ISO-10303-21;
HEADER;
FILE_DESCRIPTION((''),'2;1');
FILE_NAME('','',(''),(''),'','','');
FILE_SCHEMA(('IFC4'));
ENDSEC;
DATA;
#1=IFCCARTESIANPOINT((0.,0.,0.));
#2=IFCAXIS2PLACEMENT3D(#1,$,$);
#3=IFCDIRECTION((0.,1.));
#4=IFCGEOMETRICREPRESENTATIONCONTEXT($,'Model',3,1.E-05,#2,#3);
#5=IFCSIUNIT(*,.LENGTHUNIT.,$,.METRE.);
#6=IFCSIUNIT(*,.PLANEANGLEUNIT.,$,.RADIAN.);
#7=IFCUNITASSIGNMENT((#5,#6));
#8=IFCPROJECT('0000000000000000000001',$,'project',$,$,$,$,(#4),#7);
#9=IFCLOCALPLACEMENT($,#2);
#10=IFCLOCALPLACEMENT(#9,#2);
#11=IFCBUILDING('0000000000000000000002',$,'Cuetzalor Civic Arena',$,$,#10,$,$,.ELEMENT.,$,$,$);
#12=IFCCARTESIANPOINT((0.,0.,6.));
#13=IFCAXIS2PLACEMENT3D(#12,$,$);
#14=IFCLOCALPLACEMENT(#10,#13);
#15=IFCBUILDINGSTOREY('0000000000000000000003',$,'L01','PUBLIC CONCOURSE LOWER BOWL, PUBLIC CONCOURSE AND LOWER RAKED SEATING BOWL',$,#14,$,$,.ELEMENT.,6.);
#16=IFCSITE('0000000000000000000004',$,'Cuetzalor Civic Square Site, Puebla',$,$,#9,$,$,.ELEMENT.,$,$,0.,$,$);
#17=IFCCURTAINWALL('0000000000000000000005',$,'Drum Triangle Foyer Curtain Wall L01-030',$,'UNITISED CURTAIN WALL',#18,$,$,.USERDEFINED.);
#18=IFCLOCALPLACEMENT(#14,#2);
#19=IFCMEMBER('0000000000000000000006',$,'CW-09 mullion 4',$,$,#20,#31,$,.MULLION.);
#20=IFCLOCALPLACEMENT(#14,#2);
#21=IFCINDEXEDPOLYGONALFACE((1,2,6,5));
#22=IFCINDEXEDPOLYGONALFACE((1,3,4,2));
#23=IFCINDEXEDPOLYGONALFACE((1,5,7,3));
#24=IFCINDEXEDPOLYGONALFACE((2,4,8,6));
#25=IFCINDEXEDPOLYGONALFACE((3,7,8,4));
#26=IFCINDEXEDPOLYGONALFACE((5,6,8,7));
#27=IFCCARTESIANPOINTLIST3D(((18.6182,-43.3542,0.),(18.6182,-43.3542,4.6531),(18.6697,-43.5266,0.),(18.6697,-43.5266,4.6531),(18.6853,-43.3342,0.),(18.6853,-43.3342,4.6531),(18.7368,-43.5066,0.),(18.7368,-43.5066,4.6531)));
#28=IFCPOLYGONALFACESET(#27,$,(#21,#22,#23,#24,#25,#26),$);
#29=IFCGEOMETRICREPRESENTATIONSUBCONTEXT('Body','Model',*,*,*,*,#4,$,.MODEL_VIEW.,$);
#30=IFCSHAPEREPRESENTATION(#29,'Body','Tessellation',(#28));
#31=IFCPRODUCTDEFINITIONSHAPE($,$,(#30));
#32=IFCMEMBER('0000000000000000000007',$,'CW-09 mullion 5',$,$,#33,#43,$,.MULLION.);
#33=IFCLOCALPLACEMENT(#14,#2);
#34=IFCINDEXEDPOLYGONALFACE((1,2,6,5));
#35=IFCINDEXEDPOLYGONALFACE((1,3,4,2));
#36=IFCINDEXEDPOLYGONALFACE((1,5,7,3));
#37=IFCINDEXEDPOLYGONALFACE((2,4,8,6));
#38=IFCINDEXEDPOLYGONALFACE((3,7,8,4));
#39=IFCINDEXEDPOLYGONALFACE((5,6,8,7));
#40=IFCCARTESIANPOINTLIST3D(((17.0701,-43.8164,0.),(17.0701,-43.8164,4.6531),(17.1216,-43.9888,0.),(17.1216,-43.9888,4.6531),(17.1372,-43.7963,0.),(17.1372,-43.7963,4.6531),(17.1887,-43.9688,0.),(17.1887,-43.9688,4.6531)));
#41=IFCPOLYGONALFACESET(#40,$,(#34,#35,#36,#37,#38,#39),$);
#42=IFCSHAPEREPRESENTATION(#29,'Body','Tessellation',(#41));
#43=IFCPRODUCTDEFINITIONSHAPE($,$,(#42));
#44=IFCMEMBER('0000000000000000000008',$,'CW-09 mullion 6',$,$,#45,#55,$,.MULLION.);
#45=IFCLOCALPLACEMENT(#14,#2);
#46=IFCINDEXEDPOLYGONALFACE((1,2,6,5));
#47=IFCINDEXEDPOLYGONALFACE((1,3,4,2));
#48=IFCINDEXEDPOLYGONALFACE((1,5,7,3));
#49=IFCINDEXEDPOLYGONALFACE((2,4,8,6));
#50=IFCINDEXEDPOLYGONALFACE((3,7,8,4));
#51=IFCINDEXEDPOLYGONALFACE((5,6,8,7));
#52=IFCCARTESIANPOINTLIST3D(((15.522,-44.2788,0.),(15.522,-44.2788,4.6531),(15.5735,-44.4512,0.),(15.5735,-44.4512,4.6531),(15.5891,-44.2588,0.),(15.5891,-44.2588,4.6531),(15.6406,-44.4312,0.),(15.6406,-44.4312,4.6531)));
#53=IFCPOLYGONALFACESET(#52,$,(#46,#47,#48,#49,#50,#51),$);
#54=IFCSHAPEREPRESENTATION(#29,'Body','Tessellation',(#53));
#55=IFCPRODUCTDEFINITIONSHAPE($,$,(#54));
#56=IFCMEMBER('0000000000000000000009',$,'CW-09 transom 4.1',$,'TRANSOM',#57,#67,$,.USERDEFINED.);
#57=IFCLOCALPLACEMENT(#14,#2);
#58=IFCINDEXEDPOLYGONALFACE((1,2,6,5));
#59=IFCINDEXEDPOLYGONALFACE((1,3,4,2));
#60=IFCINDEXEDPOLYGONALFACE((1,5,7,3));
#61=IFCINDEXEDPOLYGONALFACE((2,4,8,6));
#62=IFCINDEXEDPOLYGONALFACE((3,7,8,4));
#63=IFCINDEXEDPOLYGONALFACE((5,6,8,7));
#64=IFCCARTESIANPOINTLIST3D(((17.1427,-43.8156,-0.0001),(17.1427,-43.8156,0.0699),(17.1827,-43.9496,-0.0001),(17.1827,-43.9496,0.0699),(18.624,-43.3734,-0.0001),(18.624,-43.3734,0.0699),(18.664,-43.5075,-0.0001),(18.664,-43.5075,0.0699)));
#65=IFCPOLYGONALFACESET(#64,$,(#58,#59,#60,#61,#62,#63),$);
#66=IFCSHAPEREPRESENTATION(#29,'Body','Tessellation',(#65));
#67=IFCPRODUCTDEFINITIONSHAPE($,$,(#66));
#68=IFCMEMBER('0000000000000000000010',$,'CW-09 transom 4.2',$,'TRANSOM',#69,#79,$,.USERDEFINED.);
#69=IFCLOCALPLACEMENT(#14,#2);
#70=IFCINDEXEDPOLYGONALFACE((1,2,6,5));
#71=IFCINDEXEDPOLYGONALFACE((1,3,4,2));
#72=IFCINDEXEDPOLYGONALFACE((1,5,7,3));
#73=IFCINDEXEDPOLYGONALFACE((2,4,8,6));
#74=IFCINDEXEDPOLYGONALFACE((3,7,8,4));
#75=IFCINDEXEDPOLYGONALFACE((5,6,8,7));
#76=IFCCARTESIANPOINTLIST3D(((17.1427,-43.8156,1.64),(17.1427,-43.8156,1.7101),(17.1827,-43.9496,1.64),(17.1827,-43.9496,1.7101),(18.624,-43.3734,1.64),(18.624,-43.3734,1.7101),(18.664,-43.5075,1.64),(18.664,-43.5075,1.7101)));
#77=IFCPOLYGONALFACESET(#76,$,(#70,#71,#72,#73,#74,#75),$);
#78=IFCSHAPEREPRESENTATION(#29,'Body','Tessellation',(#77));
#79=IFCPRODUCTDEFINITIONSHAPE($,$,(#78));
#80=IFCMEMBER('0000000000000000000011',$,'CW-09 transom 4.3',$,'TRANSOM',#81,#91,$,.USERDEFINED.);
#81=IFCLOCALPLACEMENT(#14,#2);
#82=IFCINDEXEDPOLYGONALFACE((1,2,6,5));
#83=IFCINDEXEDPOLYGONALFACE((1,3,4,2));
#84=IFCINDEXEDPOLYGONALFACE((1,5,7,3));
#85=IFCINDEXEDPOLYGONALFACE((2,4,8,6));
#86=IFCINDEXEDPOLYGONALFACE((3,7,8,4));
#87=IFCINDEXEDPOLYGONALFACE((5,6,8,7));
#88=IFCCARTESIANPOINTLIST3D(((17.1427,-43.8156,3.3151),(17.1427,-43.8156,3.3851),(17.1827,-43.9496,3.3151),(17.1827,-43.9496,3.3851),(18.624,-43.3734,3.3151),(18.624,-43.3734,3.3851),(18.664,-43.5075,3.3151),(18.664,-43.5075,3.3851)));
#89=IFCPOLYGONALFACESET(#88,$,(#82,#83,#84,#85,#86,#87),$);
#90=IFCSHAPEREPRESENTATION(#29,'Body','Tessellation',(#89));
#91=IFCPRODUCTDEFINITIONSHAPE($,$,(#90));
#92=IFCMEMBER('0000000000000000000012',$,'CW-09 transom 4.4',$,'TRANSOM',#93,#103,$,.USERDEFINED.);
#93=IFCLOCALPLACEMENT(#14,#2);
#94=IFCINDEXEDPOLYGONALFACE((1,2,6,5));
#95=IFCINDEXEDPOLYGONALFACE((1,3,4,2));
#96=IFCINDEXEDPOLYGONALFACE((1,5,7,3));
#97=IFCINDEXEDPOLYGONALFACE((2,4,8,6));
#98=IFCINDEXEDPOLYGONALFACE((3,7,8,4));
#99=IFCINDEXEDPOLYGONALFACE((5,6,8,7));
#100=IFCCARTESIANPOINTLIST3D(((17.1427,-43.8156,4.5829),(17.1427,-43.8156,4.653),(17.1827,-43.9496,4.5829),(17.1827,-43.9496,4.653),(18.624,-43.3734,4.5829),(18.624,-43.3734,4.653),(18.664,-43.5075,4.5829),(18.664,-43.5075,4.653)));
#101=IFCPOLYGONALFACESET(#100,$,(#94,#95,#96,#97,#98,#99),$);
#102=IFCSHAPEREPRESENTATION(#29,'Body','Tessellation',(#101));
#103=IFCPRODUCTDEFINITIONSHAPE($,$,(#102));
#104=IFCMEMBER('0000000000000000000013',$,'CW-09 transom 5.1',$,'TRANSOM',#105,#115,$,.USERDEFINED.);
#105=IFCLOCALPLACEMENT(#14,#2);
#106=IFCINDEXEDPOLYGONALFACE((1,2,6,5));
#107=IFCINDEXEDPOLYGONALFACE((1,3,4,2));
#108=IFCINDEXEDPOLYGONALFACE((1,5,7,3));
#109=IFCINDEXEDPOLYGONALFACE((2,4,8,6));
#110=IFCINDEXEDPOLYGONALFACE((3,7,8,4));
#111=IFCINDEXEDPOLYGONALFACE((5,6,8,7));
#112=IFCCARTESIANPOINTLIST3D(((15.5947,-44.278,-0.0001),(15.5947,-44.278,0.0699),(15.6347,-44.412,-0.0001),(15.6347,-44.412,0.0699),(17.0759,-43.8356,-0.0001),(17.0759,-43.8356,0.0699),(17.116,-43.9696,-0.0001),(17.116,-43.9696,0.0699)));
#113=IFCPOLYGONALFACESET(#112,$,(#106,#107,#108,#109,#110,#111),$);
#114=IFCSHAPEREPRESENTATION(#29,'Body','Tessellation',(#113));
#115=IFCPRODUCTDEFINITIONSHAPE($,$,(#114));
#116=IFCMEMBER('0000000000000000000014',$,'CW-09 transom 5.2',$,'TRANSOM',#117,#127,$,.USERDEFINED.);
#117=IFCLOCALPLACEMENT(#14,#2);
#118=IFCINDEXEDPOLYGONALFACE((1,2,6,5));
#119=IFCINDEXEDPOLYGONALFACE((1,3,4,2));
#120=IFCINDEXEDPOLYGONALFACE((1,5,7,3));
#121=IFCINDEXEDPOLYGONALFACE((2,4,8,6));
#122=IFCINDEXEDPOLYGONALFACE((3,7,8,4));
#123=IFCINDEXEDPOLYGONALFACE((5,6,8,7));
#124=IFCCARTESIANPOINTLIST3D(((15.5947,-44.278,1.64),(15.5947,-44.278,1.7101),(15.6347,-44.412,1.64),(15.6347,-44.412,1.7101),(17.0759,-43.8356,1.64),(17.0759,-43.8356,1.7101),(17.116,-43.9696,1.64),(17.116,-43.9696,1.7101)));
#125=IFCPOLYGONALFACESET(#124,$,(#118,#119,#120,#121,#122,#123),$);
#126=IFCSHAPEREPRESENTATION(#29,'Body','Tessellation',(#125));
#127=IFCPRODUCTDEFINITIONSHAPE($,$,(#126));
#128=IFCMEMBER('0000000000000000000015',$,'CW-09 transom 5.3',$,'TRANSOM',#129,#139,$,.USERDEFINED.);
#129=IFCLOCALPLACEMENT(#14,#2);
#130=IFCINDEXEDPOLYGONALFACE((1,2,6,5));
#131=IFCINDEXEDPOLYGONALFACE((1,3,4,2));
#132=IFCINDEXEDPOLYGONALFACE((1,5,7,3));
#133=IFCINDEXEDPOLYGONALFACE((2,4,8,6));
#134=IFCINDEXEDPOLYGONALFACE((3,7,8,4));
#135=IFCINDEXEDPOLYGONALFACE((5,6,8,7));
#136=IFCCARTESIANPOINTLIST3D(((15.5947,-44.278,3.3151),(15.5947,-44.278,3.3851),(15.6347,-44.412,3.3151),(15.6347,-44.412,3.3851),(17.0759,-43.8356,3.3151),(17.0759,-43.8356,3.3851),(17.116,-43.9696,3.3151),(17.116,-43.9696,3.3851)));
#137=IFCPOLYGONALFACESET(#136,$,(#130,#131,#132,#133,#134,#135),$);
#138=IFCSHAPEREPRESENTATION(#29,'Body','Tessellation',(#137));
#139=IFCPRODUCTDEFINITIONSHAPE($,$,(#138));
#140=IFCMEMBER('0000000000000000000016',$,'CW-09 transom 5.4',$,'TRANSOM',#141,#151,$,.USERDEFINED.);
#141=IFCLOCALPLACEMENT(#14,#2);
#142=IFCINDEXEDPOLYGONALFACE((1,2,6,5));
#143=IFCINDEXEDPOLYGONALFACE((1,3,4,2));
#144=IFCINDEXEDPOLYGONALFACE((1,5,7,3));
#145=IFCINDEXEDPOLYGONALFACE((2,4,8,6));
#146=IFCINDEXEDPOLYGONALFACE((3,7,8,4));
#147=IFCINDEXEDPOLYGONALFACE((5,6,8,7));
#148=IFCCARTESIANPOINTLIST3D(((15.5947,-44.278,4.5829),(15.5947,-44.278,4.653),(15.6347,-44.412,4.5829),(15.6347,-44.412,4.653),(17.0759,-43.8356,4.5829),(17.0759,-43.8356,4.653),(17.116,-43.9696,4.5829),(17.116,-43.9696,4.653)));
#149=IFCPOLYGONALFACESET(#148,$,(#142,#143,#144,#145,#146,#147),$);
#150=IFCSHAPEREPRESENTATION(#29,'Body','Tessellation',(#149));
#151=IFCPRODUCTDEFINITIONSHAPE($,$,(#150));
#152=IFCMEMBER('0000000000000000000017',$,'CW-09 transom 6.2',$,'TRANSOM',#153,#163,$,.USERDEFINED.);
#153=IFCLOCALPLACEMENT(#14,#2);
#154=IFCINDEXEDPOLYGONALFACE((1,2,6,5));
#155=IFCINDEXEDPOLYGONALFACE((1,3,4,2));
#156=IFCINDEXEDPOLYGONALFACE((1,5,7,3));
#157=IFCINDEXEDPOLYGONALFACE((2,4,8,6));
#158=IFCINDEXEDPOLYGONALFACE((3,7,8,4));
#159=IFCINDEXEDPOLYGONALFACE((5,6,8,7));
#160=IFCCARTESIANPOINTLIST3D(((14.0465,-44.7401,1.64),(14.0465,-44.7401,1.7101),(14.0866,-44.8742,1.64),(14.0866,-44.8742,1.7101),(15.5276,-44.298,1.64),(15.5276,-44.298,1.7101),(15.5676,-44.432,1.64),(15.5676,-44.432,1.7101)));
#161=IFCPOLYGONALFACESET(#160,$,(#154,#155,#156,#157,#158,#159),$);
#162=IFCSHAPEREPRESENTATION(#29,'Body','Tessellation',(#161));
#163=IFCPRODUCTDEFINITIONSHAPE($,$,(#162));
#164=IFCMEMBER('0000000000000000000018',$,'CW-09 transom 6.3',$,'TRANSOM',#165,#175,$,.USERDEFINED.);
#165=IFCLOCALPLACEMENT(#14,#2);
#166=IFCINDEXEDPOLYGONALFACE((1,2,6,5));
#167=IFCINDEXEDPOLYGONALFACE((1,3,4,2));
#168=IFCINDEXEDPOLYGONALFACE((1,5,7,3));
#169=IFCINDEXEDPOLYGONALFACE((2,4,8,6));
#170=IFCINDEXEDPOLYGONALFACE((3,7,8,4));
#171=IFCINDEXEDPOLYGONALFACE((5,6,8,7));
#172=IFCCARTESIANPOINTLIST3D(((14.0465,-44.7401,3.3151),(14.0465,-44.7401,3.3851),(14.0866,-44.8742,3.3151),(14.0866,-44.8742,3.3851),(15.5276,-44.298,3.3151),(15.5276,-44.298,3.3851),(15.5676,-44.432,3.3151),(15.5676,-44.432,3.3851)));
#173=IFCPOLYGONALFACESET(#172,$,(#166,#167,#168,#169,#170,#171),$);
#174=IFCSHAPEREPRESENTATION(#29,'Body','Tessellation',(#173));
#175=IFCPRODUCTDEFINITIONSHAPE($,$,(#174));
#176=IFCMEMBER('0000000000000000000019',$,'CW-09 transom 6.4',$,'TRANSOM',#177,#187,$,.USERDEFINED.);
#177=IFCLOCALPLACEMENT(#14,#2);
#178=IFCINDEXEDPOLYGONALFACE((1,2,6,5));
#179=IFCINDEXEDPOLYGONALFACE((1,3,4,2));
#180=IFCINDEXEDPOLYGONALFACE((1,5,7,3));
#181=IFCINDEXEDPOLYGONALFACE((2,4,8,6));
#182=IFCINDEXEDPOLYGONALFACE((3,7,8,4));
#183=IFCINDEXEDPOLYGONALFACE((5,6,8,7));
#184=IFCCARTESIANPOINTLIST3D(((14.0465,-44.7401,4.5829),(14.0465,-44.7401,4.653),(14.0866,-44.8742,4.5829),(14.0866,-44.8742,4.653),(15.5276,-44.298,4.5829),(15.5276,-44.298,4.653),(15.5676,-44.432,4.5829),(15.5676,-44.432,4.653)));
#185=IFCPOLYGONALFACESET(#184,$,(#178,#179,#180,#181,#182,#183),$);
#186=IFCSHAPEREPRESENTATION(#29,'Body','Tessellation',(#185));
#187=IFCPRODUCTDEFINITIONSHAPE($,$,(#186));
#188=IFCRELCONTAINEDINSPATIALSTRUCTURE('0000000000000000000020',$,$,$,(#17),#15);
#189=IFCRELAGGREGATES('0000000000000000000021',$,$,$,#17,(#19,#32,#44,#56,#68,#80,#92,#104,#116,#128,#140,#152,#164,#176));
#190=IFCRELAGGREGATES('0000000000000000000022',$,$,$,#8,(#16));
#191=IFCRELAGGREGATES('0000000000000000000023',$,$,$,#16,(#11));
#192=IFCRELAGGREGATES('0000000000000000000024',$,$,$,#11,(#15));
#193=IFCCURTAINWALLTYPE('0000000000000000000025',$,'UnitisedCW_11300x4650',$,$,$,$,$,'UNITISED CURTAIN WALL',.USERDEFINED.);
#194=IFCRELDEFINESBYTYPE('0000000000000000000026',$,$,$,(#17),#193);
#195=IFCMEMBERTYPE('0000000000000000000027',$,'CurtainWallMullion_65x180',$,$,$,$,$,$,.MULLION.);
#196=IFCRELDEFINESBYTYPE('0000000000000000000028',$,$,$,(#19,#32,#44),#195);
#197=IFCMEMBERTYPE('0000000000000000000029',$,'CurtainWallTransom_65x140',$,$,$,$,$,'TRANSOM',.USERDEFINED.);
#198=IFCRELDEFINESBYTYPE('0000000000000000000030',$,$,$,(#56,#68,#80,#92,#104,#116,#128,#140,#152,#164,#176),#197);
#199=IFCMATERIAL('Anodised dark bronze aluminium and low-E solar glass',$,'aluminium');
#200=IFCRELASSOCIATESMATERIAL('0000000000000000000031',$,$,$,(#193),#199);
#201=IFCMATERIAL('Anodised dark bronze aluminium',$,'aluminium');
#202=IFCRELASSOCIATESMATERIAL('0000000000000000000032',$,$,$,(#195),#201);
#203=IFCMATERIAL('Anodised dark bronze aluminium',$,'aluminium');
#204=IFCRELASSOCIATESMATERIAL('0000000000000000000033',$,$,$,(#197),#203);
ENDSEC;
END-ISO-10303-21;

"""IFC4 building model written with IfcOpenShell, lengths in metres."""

from ifc_helpers import new_model, si_unit, direction, frame, origin, origin_2d, place, context, subcontext, project, spatial, rectangle, extrude, material, material_profile, profile_set, type_object, element, aggregate, save


model = new_model("IFC4")

# Units and contexts
model_context = context("Model", 3, precision=1e-05, world=origin(), true_north=direction((0.0, 1.0)))
body_context = subcontext(model_context, "Body", "Model", "MODEL_VIEW")
ifc_project = project(units=[si_unit("LENGTHUNIT", "METRE"), si_unit("PLANEANGLEUNIT", "RADIAN")], contexts=[model_context])

# Site, building, storey
site_placement = place(None, origin())
site = spatial("IfcSite", under=ifc_project, at=site_placement, Name="Cuetzalor Civic Square Site, Puebla", CompositionType="ELEMENT", RefElevation=0.0)
building_placement = place(site_placement, origin())
building = spatial("IfcBuilding", under=site, at=building_placement, Name="Cuetzalor Civic Arena", CompositionType="ELEMENT")
storey_placement = place(building_placement, frame((0.0, 0.0, 6.0)))
storey = spatial("IfcBuildingStorey", under=building, at=storey_placement, Name="L01", Description="PUBLIC CONCOURSE LOWER BOWL, PUBLIC CONCOURSE AND LOWER RAKED SEATING BOWL", CompositionType="ELEMENT", Elevation=6.0)

# Curtain wall, members
ifc_material_1 = material(Name="Anodised dark bronze aluminium and low-E solar glass", Category="aluminium")
curtain_wall_type = type_object("IfcCurtainWallType", Name="UnitisedCW_11300x4650", ElementType="UNITISED CURTAIN WALL", PredefinedType="USERDEFINED", material=ifc_material_1)
curtain_wall_placement = place(storey_placement, origin())
curtain_wall = element("IfcCurtainWall", 1, at=curtain_wall_placement, inside=storey, type_object=curtain_wall_type, Name="Drum Triangle Foyer Curtain Wall L01-030", ObjectType="UNITISED CURTAIN WALL", PredefinedType="USERDEFINED")
ifc_material_2 = material(Name="Anodised dark bronze aluminium", Category="aluminium")
ifc_material_profile_1 = material_profile(ifc_material_2, rectangle(XDim=0.0701, YDim=0.1799, at=origin_2d()), Name="ALU MULLION 70x180")
ifc_profile_set_1 = profile_set([ifc_material_profile_1], Name="Anodised dark bronze aluminium")
member_type_1 = type_object("IfcMemberType", Name="CurtainWallMullion_65x180", PredefinedType="MULLION", material=ifc_profile_set_1)
member_1_placement = place(storey_placement, frame((18.6775, -43.4304, 0.0), z_axis=(0.0, 0.0, 1.0), x_axis=(-0.958194, -0.28612, 0.0)))
member_1 = element("IfcMember", 2, at=member_1_placement, type_object=member_type_1, Name="CW-09 mullion 4", PredefinedType="MULLION", context=body_context, shape_type="SweptSolid", body=[
    extrude(rectangle(XDim=0.0701, YDim=0.1799, at=origin_2d()), origin(), (0.0, 0.0, 1.0), 4.6531),
])
member_2_placement = place(storey_placement, frame((17.1294, -43.8926, 0.0), z_axis=(0.0, 0.0, 1.0), x_axis=(-0.958194, -0.28612, 0.0)))
member_2 = element("IfcMember", 3, at=member_2_placement, type_object=member_type_1, Name="CW-09 mullion 5", PredefinedType="MULLION", context=body_context, shape_type="SweptSolid", body=[
    extrude(rectangle(XDim=0.0701, YDim=0.1799, at=origin_2d()), origin(), (0.0, 0.0, 1.0), 4.6531),
])
member_3_placement = place(storey_placement, frame((15.5813, -44.355, 0.0), z_axis=(0.0, 0.0, 1.0), x_axis=(-0.958194, -0.28612, 0.0)))
member_3 = element("IfcMember", 4, at=member_3_placement, type_object=member_type_1, Name="CW-09 mullion 6", PredefinedType="MULLION", context=body_context, shape_type="SweptSolid", body=[
    extrude(rectangle(XDim=0.0701, YDim=0.1799, at=origin_2d()), origin(), (0.0, 0.0, 1.0), 4.6531),
])
ifc_material_3 = material(Name="Anodised dark bronze aluminium", Category="aluminium")
ifc_material_profile_2 = material_profile(ifc_material_3, rectangle(XDim=0.1399, YDim=0.0701, at=origin_2d()), Name="ALU TRANSOM 70x140")
ifc_profile_set_2 = profile_set([ifc_material_profile_2], Name="Anodised dark bronze aluminium")
member_type_2 = type_object("IfcMemberType", Name="CurtainWallTransom_65x140", ElementType="TRANSOM", PredefinedType="USERDEFINED", material=ifc_profile_set_2)
member_4_placement = place(storey_placement, frame((18.644, -43.4404, 0.0349), z_axis=(-0.958221, -0.286029, 0.0), x_axis=(0.286029, -0.958221, 0.0)))
member_4 = element("IfcMember", 5, at=member_4_placement, type_object=member_type_2, Name="CW-09 transom 4.1", ObjectType="TRANSOM", PredefinedType="USERDEFINED", context=body_context, shape_type="SweptSolid", body=[
    extrude(rectangle(XDim=0.1399, YDim=0.0701, at=origin_2d()), origin(), (0.0, 0.0, 1.0), 1.5459),
])
member_5_placement = place(storey_placement, frame((18.644, -43.4404, 1.675), z_axis=(-0.958221, -0.286029, 0.0), x_axis=(0.286029, -0.958221, 0.0)))
member_5 = element("IfcMember", 6, at=member_5_placement, type_object=member_type_2, Name="CW-09 transom 4.2", ObjectType="TRANSOM", PredefinedType="USERDEFINED", context=body_context, shape_type="SweptSolid", body=[
    extrude(rectangle(XDim=0.1399, YDim=0.0701, at=origin_2d()), origin(), (0.0, 0.0, 1.0), 1.5459),
])
member_6_placement = place(storey_placement, frame((18.644, -43.4404, 3.3501), z_axis=(-0.958221, -0.286029, 0.0), x_axis=(0.286029, -0.958221, 0.0)))
member_6 = element("IfcMember", 7, at=member_6_placement, type_object=member_type_2, Name="CW-09 transom 4.3", ObjectType="TRANSOM", PredefinedType="USERDEFINED", context=body_context, shape_type="SweptSolid", body=[
    extrude(rectangle(XDim=0.1399, YDim=0.0701, at=origin_2d()), origin(), (0.0, 0.0, 1.0), 1.5459),
])
member_7_placement = place(storey_placement, frame((18.644, -43.4404, 4.6179), z_axis=(-0.958221, -0.286029, 0.0), x_axis=(0.286029, -0.958221, 0.0)))
member_7 = element("IfcMember", 8, at=member_7_placement, type_object=member_type_2, Name="CW-09 transom 4.4", ObjectType="TRANSOM", PredefinedType="USERDEFINED", context=body_context, shape_type="SweptSolid", body=[
    extrude(rectangle(XDim=0.1399, YDim=0.0701, at=origin_2d()), origin(), (0.0, 0.0, 1.0), 1.5459),
])
member_8_placement = place(storey_placement, frame((17.0959, -43.9026, 0.0349), z_axis=(-0.958178, -0.286174, 0.0), x_axis=(0.286174, -0.958178, 0.0)))
member_8 = element("IfcMember", 9, at=member_8_placement, type_object=member_type_2, Name="CW-09 transom 5.1", ObjectType="TRANSOM", PredefinedType="USERDEFINED", context=body_context, shape_type="SweptSolid", body=[
    extrude(rectangle(XDim=0.1399, YDim=0.0701, at=origin_2d()), origin(), (0.0, 0.0, 1.0), 1.5459),
])
member_9_placement = place(storey_placement, frame((17.0959, -43.9026, 1.675), z_axis=(-0.958178, -0.286174, 0.0), x_axis=(0.286174, -0.958178, 0.0)))
member_9 = element("IfcMember", 10, at=member_9_placement, type_object=member_type_2, Name="CW-09 transom 5.2", ObjectType="TRANSOM", PredefinedType="USERDEFINED", context=body_context, shape_type="SweptSolid", body=[
    extrude(rectangle(XDim=0.1399, YDim=0.0701, at=origin_2d()), origin(), (0.0, 0.0, 1.0), 1.5459),
])
member_10_placement = place(storey_placement, frame((17.0959, -43.9026, 3.3501), z_axis=(-0.958178, -0.286174, 0.0), x_axis=(0.286174, -0.958178, 0.0)))
member_10 = element("IfcMember", 11, at=member_10_placement, type_object=member_type_2, Name="CW-09 transom 5.3", ObjectType="TRANSOM", PredefinedType="USERDEFINED", context=body_context, shape_type="SweptSolid", body=[
    extrude(rectangle(XDim=0.1399, YDim=0.0701, at=origin_2d()), origin(), (0.0, 0.0, 1.0), 1.5459),
])
member_11_placement = place(storey_placement, frame((17.0959, -43.9026, 4.6179), z_axis=(-0.958178, -0.286174, 0.0), x_axis=(0.286174, -0.958178, 0.0)))
member_11 = element("IfcMember", 12, at=member_11_placement, type_object=member_type_2, Name="CW-09 transom 5.4", ObjectType="TRANSOM", PredefinedType="USERDEFINED", context=body_context, shape_type="SweptSolid", body=[
    extrude(rectangle(XDim=0.1399, YDim=0.0701, at=origin_2d()), origin(), (0.0, 0.0, 1.0), 1.5459),
])
member_12_placement = place(storey_placement, frame((15.5476, -44.365, 1.675), z_axis=(-0.958208, -0.286072, 0.0), x_axis=(0.286072, -0.958208, 0.0)))
member_12 = element("IfcMember", 13, at=member_12_placement, type_object=member_type_2, Name="CW-09 transom 6.2", ObjectType="TRANSOM", PredefinedType="USERDEFINED", context=body_context, shape_type="SweptSolid", body=[
    extrude(rectangle(XDim=0.1399, YDim=0.0701, at=origin_2d()), origin(), (0.0, 0.0, 1.0), 1.5457),
])
member_13_placement = place(storey_placement, frame((15.5476, -44.365, 3.3501), z_axis=(-0.958208, -0.286072, 0.0), x_axis=(0.286072, -0.958208, 0.0)))
member_13 = element("IfcMember", 14, at=member_13_placement, type_object=member_type_2, Name="CW-09 transom 6.3", ObjectType="TRANSOM", PredefinedType="USERDEFINED", context=body_context, shape_type="SweptSolid", body=[
    extrude(rectangle(XDim=0.1399, YDim=0.0701, at=origin_2d()), origin(), (0.0, 0.0, 1.0), 1.5457),
])
member_14_placement = place(storey_placement, frame((15.5476, -44.365, 4.6179), z_axis=(-0.958208, -0.286072, 0.0), x_axis=(0.286072, -0.958208, 0.0)))
member_14 = element("IfcMember", 15, at=member_14_placement, type_object=member_type_2, Name="CW-09 transom 6.4", ObjectType="TRANSOM", PredefinedType="USERDEFINED", context=body_context, shape_type="SweptSolid", body=[
    extrude(rectangle(XDim=0.1399, YDim=0.0701, at=origin_2d()), origin(), (0.0, 0.0, 1.0), 1.5457),
])
aggregate(curtain_wall, [member_1, member_2, member_3, member_4, member_5, member_6, member_7, member_8, member_9, member_10, member_11, member_12, member_13, member_14])

save(model, "model.ifc")
